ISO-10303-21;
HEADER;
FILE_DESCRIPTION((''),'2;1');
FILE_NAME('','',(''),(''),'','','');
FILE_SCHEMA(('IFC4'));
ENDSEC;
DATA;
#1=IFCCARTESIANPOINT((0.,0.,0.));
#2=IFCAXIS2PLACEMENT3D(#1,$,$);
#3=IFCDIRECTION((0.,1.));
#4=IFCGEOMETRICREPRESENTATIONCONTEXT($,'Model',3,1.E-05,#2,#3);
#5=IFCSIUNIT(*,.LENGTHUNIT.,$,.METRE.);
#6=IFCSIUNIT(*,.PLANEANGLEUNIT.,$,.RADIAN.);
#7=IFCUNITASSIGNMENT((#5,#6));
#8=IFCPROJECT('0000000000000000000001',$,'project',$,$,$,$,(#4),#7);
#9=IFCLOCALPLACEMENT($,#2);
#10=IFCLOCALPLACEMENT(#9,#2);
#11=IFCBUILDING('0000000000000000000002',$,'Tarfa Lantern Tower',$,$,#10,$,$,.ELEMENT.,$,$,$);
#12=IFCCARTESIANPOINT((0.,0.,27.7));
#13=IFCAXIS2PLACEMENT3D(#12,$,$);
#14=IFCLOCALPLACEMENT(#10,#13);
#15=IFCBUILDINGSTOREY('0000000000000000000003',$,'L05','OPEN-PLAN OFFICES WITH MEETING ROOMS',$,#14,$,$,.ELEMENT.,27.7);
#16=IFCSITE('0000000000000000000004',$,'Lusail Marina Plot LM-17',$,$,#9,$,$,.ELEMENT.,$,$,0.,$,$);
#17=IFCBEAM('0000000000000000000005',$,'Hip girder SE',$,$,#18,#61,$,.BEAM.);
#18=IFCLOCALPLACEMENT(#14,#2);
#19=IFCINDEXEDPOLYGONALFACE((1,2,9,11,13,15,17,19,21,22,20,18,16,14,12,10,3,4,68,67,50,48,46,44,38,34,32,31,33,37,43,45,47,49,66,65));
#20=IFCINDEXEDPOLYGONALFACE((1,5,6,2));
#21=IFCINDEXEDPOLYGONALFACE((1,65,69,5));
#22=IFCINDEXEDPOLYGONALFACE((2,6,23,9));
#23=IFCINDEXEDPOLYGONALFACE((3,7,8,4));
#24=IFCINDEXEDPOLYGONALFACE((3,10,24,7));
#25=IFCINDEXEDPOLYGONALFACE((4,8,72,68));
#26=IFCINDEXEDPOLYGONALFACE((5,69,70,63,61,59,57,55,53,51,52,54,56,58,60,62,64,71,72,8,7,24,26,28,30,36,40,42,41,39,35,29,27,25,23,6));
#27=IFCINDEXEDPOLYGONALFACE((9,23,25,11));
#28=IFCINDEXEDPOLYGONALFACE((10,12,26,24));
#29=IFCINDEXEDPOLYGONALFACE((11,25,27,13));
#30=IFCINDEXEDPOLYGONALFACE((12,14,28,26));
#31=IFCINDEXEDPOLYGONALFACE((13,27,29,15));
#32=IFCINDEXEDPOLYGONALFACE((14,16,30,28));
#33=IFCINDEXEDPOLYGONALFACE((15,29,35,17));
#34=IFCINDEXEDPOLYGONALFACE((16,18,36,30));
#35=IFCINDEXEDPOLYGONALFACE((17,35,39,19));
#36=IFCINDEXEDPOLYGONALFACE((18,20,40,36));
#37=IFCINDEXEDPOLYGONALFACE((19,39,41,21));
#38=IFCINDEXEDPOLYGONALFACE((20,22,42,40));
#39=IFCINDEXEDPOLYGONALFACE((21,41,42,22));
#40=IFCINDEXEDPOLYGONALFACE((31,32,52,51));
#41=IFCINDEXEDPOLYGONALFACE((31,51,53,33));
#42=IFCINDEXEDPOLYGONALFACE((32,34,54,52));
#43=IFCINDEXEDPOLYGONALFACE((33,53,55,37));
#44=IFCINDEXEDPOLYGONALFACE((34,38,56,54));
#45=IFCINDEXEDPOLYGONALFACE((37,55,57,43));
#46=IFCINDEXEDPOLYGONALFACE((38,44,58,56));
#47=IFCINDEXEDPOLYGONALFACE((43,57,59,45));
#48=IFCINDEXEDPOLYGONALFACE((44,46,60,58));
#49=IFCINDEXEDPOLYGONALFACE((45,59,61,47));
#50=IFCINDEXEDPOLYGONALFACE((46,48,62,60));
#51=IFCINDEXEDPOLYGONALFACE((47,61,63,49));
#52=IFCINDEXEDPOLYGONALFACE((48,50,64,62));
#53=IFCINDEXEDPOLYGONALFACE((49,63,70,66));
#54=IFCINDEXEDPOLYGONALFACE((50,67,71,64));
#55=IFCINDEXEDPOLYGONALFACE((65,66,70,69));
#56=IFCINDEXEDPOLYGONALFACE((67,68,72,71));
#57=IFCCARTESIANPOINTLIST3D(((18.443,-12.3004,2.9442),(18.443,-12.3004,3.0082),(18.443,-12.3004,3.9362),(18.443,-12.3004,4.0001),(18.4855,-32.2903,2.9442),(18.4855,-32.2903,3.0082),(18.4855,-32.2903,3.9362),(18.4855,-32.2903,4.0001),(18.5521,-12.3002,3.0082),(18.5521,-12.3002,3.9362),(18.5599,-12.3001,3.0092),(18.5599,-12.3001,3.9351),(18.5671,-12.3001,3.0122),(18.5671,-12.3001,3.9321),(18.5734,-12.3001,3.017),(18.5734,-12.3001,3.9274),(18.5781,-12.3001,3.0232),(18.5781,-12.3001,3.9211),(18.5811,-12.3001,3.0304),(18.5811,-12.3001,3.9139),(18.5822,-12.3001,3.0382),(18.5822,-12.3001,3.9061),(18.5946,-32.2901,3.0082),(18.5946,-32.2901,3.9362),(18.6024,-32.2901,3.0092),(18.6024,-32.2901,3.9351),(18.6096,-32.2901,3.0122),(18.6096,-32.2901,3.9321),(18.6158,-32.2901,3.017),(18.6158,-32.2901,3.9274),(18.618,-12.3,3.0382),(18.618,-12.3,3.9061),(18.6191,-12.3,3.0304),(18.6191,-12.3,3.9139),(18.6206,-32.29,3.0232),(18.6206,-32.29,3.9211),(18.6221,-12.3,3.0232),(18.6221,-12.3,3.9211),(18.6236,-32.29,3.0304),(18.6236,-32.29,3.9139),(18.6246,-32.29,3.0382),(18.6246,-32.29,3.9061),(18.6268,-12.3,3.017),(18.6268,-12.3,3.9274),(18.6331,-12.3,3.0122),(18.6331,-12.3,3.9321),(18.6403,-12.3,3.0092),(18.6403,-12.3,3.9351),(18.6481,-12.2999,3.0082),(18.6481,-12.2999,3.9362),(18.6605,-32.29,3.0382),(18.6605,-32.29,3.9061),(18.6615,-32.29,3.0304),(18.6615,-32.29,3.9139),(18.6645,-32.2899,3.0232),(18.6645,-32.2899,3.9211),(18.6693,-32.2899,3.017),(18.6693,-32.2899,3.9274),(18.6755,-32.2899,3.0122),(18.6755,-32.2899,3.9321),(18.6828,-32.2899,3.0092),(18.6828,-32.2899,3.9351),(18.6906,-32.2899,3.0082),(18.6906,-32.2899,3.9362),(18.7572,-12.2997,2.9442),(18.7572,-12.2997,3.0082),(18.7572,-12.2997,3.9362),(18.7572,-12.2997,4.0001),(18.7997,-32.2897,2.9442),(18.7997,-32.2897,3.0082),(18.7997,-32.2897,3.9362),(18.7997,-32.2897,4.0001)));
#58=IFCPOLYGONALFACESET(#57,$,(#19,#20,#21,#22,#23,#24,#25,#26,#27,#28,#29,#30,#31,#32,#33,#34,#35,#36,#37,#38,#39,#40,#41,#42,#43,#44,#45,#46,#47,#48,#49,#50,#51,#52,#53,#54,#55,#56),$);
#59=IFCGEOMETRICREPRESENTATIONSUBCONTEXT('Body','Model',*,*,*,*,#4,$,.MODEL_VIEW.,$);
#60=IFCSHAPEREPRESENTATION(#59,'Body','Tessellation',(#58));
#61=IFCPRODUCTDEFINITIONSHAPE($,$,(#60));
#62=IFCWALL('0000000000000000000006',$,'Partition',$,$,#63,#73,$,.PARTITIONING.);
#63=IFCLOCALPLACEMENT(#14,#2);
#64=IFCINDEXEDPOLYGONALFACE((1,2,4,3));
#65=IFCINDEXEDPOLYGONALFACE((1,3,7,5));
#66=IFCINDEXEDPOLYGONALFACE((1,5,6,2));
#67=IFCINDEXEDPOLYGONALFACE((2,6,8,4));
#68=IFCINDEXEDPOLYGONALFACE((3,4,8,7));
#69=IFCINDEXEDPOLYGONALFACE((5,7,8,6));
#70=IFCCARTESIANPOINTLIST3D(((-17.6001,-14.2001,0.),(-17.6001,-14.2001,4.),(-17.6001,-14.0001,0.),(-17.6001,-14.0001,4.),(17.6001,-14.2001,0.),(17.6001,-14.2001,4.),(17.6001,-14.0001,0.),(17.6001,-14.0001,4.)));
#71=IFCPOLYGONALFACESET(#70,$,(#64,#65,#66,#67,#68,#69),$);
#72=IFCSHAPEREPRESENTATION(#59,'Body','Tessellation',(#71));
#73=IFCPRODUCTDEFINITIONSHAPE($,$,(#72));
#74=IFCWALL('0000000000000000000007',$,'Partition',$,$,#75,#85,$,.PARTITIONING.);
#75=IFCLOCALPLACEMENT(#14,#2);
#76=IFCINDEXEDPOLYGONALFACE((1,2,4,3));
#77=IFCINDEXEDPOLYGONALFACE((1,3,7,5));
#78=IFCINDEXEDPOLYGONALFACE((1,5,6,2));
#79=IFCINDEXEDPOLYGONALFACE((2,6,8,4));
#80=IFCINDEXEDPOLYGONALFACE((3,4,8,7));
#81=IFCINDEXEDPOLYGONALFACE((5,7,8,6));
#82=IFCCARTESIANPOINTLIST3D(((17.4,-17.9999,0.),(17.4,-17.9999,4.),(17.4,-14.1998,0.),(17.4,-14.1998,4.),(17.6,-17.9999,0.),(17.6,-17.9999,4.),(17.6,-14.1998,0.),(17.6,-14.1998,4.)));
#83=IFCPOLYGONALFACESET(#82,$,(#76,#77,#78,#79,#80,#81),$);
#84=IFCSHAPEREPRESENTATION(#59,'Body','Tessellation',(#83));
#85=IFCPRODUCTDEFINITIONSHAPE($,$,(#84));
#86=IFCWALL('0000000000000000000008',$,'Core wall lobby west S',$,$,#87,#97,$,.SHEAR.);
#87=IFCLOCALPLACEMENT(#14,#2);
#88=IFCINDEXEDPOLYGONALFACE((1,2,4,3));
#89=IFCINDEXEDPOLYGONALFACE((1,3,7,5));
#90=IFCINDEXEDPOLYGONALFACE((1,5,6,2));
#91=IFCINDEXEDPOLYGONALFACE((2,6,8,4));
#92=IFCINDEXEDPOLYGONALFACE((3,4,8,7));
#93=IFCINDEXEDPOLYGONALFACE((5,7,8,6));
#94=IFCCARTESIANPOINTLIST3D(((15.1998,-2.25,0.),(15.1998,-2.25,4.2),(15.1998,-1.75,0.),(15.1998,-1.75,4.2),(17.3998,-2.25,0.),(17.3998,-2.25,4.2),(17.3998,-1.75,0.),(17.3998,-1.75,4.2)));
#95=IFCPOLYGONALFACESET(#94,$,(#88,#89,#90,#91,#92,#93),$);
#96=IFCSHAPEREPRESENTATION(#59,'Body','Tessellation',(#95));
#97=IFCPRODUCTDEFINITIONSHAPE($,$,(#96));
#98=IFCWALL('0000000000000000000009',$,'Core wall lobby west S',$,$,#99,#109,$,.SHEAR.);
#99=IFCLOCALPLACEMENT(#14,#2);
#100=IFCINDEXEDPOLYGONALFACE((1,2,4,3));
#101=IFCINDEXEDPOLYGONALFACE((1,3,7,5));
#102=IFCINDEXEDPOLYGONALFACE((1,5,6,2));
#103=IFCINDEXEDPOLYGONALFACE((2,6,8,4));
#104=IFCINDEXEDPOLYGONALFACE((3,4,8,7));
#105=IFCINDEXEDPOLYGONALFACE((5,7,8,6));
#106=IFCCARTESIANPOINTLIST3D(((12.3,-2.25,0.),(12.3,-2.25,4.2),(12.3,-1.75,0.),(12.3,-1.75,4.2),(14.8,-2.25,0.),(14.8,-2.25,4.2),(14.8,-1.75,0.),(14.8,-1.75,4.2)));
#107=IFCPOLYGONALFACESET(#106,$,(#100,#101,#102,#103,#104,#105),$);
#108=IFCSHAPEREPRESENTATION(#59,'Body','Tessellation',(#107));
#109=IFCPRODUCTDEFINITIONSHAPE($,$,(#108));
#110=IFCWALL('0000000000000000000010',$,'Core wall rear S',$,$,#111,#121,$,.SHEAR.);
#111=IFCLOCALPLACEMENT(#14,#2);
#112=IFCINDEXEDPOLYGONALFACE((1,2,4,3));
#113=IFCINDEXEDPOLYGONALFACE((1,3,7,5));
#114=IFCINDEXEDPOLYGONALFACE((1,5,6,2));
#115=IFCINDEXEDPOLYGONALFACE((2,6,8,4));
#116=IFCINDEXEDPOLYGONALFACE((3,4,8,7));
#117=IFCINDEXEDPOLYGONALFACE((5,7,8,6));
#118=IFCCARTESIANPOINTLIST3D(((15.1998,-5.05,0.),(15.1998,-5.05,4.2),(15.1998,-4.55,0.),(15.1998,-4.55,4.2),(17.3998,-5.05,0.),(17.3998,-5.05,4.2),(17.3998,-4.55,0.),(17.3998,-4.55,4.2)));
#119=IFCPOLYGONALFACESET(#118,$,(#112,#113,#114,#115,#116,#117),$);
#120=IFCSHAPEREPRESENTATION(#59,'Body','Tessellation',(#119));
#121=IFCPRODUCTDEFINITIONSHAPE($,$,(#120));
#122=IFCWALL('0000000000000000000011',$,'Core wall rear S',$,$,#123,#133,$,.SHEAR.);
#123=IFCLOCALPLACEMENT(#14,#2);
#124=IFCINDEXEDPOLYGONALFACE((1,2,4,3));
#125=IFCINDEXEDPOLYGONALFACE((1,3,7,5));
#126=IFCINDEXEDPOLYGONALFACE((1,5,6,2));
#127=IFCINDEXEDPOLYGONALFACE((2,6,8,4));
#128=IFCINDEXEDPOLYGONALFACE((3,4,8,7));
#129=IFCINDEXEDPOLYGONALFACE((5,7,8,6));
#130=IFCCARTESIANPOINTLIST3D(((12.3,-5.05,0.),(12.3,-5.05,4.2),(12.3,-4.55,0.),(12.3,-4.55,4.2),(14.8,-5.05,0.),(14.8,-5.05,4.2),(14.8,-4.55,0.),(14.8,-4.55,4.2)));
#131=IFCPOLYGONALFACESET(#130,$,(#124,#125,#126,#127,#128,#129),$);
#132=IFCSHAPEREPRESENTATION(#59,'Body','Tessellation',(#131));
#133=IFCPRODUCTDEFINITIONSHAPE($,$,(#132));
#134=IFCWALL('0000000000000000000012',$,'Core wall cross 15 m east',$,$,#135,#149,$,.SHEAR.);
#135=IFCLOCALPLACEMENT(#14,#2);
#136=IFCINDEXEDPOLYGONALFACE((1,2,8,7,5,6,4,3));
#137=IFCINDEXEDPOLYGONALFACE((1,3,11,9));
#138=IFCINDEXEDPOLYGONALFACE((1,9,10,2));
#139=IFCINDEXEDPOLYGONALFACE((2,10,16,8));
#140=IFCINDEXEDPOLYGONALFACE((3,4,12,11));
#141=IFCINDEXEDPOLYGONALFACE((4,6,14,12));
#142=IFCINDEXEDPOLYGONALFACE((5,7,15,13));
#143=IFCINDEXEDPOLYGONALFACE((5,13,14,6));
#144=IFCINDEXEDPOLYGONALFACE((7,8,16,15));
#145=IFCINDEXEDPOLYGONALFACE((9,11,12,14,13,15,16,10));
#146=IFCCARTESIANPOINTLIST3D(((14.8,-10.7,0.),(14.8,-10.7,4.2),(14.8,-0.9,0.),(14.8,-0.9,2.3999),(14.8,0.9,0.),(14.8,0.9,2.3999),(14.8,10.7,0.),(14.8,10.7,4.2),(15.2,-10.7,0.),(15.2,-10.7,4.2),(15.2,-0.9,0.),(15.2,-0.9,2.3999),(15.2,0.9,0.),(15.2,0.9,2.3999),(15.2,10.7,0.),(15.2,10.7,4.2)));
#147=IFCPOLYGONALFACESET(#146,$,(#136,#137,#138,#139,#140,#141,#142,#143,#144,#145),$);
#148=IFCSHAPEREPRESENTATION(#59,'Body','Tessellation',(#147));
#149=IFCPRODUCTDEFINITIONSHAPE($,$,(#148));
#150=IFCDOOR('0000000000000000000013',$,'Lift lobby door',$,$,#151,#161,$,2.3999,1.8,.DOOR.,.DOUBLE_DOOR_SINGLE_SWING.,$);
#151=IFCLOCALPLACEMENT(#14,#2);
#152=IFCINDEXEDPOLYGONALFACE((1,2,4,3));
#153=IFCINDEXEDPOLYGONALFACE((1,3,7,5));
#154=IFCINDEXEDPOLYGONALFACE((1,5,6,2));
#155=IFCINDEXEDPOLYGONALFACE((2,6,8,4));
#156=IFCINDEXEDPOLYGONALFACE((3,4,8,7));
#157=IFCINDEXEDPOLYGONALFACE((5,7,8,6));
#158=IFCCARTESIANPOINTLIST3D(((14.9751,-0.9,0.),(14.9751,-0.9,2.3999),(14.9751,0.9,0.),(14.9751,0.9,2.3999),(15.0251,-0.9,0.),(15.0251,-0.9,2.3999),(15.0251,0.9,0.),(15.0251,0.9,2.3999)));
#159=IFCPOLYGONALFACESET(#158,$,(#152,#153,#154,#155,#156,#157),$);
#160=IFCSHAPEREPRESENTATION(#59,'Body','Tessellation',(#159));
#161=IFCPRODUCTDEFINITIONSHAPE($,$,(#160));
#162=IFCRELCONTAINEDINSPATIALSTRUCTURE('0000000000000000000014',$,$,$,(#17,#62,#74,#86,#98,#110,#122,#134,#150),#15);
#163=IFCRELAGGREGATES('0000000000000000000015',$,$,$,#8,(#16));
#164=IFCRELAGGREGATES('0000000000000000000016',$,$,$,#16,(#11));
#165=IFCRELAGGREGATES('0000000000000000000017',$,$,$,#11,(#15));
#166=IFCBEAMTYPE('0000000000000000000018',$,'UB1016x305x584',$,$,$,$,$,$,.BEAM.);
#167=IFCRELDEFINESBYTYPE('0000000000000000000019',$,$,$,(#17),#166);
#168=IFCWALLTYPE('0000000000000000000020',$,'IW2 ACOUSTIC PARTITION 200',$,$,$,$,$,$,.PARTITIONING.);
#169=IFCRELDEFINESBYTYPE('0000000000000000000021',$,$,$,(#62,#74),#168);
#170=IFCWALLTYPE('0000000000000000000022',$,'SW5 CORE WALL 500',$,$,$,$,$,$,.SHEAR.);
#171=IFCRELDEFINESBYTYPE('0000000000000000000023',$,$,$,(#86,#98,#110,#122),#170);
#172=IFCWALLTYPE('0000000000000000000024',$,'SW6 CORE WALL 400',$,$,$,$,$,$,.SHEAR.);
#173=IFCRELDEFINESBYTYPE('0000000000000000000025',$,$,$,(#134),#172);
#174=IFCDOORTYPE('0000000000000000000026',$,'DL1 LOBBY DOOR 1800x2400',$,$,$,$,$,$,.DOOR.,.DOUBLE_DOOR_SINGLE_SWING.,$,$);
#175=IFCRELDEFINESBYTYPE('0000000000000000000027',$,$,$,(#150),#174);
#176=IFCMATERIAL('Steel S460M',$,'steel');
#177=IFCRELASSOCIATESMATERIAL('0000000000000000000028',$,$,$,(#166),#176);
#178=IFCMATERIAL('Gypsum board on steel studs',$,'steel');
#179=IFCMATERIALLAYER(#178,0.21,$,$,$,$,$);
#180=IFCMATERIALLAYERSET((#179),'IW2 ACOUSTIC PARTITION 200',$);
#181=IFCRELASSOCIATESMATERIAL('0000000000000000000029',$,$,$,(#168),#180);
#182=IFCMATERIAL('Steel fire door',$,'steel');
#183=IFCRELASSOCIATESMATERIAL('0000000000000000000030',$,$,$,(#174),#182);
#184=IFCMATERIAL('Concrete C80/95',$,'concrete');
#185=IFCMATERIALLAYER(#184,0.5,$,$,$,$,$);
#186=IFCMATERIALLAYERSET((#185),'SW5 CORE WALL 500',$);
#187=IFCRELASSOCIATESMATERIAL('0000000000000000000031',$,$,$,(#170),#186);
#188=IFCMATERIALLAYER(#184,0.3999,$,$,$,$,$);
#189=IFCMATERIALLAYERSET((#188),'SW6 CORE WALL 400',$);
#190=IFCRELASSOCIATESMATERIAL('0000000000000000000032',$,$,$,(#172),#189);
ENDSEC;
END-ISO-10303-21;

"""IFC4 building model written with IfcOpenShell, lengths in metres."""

from ifc_helpers import new_model, si_unit, direction, frame, frame_2d, origin, origin_2d, place, context, subcontext, project, spatial, rectangle, i_section, extrude, material, layer, layer_set, material_profile, profile_set, type_object, element, fill, save


model = new_model("IFC4")

# Units and contexts
model_context = context("Model", 3, precision=1e-05, world=origin(), true_north=direction((0.0, 1.0)))
body_context = subcontext(model_context, "Body", "Model", "MODEL_VIEW")
ifc_project = project(units=[si_unit("LENGTHUNIT", "METRE"), si_unit("PLANEANGLEUNIT", "RADIAN")], contexts=[model_context])

# Site, building, storey
site_placement = place(None, origin())
site = spatial("IfcSite", under=ifc_project, at=site_placement, Name="Lusail Marina Plot LM-17", CompositionType="ELEMENT", RefElevation=0.0)
building_placement = place(site_placement, origin())
building = spatial("IfcBuilding", under=site, at=building_placement, Name="Tarfa Lantern Tower", CompositionType="ELEMENT")
storey_placement = place(building_placement, frame((0.0, 0.0, 27.7)))
storey = spatial("IfcBuildingStorey", under=building, at=storey_placement, Name="L05", Description="OPEN-PLAN OFFICES WITH MEETING ROOMS", CompositionType="ELEMENT", Elevation=27.7)

# Beam
ifc_material_1 = material(Name="Steel S460M", Category="steel")
ifc_material_profile = material_profile(ifc_material_1, i_section(OverallWidth=0.3142, OverallDepth=1.0559, WebThickness=0.0359, FlangeThickness=0.064, FilletRadius=0.03, at=origin_2d()), Name="UB1016x305x584")
ifc_profile_set = profile_set([ifc_material_profile], Name="Steel S460M")
beam_type = type_object("IfcBeamType", Name="UB1016x305x584", PredefinedType="BEAM", material=ifc_profile_set)
beam_placement = place(storey_placement, frame((18.6001, -12.3, 3.4722), z_axis=(0.002125, -0.999998, 0.0), x_axis=(0.999998, 0.002125, 0.0)))
element("IfcBeam", 1, at=beam_placement, inside=storey, type_object=beam_type, Name="Hip girder SE", PredefinedType="BEAM", context=body_context, shape_type="SweptSolid", body=[
    extrude(i_section(OverallWidth=0.3142, OverallDepth=1.0559, WebThickness=0.0359, FlangeThickness=0.064, FilletRadius=0.03, at=origin_2d()), origin(), (0.0, 0.0, 1.0), 19.99),
])

# Walls
ifc_material_2 = material(Name="Gypsum board on steel studs", Category="steel")
ifc_layer_1 = layer(ifc_material_2, 0.21)
ifc_layer_set_1 = layer_set([ifc_layer_1], Name="IW2 ACOUSTIC PARTITION 200")
wall_type_1 = type_object("IfcWallType", Name="IW2 ACOUSTIC PARTITION 200", PredefinedType="PARTITIONING", material=ifc_layer_set_1)
wall_1_placement = place(storey_placement, frame((17.6001, -14.1001, 0.0), z_axis=(0.0, 0.0, 1.0), x_axis=(-1.0, 0.0, 0.0)))
element("IfcWall", 2, at=wall_1_placement, inside=storey, type_object=wall_type_1, Name="Partition", PredefinedType="PARTITIONING", context=body_context, shape_type="SweptSolid", body=[
    extrude(rectangle(XDim=35.2002, YDim=0.2, at=frame_2d((17.6001, 0.0))), origin(), (0.0, 0.0, 1.0), 4.0),
])
wall_2_placement = place(storey_placement, frame((17.5, -14.2, 0.0), z_axis=(0.0, 0.0, 1.0), x_axis=(0.0, -1.0, 0.0)))
element("IfcWall", 3, at=wall_2_placement, inside=storey, type_object=wall_type_1, Name="Partition", PredefinedType="PARTITIONING", context=body_context, shape_type="SweptSolid", body=[
    extrude(rectangle(XDim=3.8, YDim=0.2, at=frame_2d((1.8999, 0.0))), origin(), (0.0, 0.0, 1.0), 4.0),
])

# Shared definitions
ifc_material_3 = material(Name="Concrete C80/95", Category="concrete")
ifc_material_4 = material(Name="Steel fire door", Category="steel")
door_type_1 = type_object("IfcDoorType", Name="DL1 LOBBY DOOR 1800x2400", OperationType="DOUBLE_DOOR_SINGLE_SWING", PredefinedType="DOOR", material=ifc_material_4)

# Walls
ifc_layer_2 = layer(ifc_material_3, 0.5)
ifc_layer_set_2 = layer_set([ifc_layer_2], Name="SW5 CORE WALL 500")
wall_type_2 = type_object("IfcWallType", Name="SW5 CORE WALL 500", PredefinedType="SHEAR", material=ifc_layer_set_2)
wall_3_placement = place(storey_placement, frame((17.3999, -2.0, 0.0), z_axis=(0.0, 0.0, 1.0), x_axis=(-1.0, 0.0, 0.0)))
element("IfcWall", 4, at=wall_3_placement, inside=storey, type_object=wall_type_2, Name="Core wall lobby west S", PredefinedType="SHEAR", context=body_context, shape_type="SweptSolid", body=[
    extrude(rectangle(XDim=2.2, YDim=0.5, at=frame_2d((1.1001, 0.0))), origin(), (0.0, 0.0, 1.0), 4.2),
])
wall_4_placement = place(storey_placement, frame((14.8, -2.0, 0.0), z_axis=(0.0, 0.0, 1.0), x_axis=(-1.0, 0.0, 0.0)))
element("IfcWall", 5, at=wall_4_placement, inside=storey, type_object=wall_type_2, Name="Core wall lobby west S", PredefinedType="SHEAR", context=body_context, shape_type="SweptSolid", body=[
    extrude(rectangle(XDim=2.5, YDim=0.5, at=frame_2d((1.25, 0.0))), origin(), (0.0, 0.0, 1.0), 4.2),
])
wall_5_placement = place(storey_placement, frame((17.3999, -4.8, 0.0), z_axis=(0.0, 0.0, 1.0), x_axis=(-1.0, 0.0, 0.0)))
element("IfcWall", 6, at=wall_5_placement, inside=storey, type_object=wall_type_2, Name="Core wall rear S", PredefinedType="SHEAR", context=body_context, shape_type="SweptSolid", body=[
    extrude(rectangle(XDim=2.2, YDim=0.5, at=frame_2d((1.1001, 0.0))), origin(), (0.0, 0.0, 1.0), 4.2),
])
wall_6_placement = place(storey_placement, frame((14.8, -4.8, 0.0), z_axis=(0.0, 0.0, 1.0), x_axis=(-1.0, 0.0, 0.0)))
element("IfcWall", 7, at=wall_6_placement, inside=storey, type_object=wall_type_2, Name="Core wall rear S", PredefinedType="SHEAR", context=body_context, shape_type="SweptSolid", body=[
    extrude(rectangle(XDim=2.5, YDim=0.5, at=frame_2d((1.25, 0.0))), origin(), (0.0, 0.0, 1.0), 4.2),
])

# Wall, opening, door
ifc_layer_3 = layer(ifc_material_3, 0.3999)
ifc_layer_set_3 = layer_set([ifc_layer_3], Name="SW6 CORE WALL 400")
wall_type_3 = type_object("IfcWallType", Name="SW6 CORE WALL 400", PredefinedType="SHEAR", material=ifc_layer_set_3)
wall_7_placement = place(storey_placement, frame((15.0, -10.7, 0.0), z_axis=(0.0, 0.0, 1.0), x_axis=(0.0, 1.0, 0.0)))
wall_7 = element("IfcWall", 8, at=wall_7_placement, inside=storey, type_object=wall_type_3, Name="Core wall cross 15 m east", PredefinedType="SHEAR", context=body_context, shape_type="SweptSolid", body=[
    extrude(rectangle(XDim=21.3999, YDim=0.3999, at=frame_2d((10.7, 0.0))), origin(), (0.0, 0.0, 1.0), 4.2),
])
opening_1_placement = place(wall_7_placement, frame((9.8, 0.0, 0.0)))
opening_1 = element("IfcOpeningElement", 9, at=opening_1_placement, cuts=wall_7, PredefinedType="OPENING", context=body_context, shape_type="SweptSolid", body=[
    extrude(rectangle(XDim=1.8, YDim=2.3999, at=frame_2d((0.8999, 1.2))), frame((0.0, 0.21, 0.0), z_axis=(0.0, -1.0, 0.0), x_axis=(1.0, 0.0, 0.0)), (0.0, 0.0, 1.0), 0.4199),
])
door_1_placement = place(opening_1_placement, origin())
door_1 = element("IfcDoor", 10, at=door_1_placement, inside=storey, type_object=door_type_1, Name="Lift lobby door", OperationType="DOUBLE_DOOR_SINGLE_SWING", OverallHeight=2.3999, OverallWidth=1.8, PredefinedType="DOOR", context=body_context, shape_type="SweptSolid", body=[
    extrude(rectangle(XDim=1.8, YDim=2.3999, at=frame_2d((0.8999, 1.2))), frame((0.0, 0.0249, 0.0), z_axis=(0.0, -1.0, 0.0), x_axis=(1.0, 0.0, 0.0)), (0.0, 0.0, 1.0), 0.05),
])
fill(opening_1, door_1)

save(model, "model.ifc")
